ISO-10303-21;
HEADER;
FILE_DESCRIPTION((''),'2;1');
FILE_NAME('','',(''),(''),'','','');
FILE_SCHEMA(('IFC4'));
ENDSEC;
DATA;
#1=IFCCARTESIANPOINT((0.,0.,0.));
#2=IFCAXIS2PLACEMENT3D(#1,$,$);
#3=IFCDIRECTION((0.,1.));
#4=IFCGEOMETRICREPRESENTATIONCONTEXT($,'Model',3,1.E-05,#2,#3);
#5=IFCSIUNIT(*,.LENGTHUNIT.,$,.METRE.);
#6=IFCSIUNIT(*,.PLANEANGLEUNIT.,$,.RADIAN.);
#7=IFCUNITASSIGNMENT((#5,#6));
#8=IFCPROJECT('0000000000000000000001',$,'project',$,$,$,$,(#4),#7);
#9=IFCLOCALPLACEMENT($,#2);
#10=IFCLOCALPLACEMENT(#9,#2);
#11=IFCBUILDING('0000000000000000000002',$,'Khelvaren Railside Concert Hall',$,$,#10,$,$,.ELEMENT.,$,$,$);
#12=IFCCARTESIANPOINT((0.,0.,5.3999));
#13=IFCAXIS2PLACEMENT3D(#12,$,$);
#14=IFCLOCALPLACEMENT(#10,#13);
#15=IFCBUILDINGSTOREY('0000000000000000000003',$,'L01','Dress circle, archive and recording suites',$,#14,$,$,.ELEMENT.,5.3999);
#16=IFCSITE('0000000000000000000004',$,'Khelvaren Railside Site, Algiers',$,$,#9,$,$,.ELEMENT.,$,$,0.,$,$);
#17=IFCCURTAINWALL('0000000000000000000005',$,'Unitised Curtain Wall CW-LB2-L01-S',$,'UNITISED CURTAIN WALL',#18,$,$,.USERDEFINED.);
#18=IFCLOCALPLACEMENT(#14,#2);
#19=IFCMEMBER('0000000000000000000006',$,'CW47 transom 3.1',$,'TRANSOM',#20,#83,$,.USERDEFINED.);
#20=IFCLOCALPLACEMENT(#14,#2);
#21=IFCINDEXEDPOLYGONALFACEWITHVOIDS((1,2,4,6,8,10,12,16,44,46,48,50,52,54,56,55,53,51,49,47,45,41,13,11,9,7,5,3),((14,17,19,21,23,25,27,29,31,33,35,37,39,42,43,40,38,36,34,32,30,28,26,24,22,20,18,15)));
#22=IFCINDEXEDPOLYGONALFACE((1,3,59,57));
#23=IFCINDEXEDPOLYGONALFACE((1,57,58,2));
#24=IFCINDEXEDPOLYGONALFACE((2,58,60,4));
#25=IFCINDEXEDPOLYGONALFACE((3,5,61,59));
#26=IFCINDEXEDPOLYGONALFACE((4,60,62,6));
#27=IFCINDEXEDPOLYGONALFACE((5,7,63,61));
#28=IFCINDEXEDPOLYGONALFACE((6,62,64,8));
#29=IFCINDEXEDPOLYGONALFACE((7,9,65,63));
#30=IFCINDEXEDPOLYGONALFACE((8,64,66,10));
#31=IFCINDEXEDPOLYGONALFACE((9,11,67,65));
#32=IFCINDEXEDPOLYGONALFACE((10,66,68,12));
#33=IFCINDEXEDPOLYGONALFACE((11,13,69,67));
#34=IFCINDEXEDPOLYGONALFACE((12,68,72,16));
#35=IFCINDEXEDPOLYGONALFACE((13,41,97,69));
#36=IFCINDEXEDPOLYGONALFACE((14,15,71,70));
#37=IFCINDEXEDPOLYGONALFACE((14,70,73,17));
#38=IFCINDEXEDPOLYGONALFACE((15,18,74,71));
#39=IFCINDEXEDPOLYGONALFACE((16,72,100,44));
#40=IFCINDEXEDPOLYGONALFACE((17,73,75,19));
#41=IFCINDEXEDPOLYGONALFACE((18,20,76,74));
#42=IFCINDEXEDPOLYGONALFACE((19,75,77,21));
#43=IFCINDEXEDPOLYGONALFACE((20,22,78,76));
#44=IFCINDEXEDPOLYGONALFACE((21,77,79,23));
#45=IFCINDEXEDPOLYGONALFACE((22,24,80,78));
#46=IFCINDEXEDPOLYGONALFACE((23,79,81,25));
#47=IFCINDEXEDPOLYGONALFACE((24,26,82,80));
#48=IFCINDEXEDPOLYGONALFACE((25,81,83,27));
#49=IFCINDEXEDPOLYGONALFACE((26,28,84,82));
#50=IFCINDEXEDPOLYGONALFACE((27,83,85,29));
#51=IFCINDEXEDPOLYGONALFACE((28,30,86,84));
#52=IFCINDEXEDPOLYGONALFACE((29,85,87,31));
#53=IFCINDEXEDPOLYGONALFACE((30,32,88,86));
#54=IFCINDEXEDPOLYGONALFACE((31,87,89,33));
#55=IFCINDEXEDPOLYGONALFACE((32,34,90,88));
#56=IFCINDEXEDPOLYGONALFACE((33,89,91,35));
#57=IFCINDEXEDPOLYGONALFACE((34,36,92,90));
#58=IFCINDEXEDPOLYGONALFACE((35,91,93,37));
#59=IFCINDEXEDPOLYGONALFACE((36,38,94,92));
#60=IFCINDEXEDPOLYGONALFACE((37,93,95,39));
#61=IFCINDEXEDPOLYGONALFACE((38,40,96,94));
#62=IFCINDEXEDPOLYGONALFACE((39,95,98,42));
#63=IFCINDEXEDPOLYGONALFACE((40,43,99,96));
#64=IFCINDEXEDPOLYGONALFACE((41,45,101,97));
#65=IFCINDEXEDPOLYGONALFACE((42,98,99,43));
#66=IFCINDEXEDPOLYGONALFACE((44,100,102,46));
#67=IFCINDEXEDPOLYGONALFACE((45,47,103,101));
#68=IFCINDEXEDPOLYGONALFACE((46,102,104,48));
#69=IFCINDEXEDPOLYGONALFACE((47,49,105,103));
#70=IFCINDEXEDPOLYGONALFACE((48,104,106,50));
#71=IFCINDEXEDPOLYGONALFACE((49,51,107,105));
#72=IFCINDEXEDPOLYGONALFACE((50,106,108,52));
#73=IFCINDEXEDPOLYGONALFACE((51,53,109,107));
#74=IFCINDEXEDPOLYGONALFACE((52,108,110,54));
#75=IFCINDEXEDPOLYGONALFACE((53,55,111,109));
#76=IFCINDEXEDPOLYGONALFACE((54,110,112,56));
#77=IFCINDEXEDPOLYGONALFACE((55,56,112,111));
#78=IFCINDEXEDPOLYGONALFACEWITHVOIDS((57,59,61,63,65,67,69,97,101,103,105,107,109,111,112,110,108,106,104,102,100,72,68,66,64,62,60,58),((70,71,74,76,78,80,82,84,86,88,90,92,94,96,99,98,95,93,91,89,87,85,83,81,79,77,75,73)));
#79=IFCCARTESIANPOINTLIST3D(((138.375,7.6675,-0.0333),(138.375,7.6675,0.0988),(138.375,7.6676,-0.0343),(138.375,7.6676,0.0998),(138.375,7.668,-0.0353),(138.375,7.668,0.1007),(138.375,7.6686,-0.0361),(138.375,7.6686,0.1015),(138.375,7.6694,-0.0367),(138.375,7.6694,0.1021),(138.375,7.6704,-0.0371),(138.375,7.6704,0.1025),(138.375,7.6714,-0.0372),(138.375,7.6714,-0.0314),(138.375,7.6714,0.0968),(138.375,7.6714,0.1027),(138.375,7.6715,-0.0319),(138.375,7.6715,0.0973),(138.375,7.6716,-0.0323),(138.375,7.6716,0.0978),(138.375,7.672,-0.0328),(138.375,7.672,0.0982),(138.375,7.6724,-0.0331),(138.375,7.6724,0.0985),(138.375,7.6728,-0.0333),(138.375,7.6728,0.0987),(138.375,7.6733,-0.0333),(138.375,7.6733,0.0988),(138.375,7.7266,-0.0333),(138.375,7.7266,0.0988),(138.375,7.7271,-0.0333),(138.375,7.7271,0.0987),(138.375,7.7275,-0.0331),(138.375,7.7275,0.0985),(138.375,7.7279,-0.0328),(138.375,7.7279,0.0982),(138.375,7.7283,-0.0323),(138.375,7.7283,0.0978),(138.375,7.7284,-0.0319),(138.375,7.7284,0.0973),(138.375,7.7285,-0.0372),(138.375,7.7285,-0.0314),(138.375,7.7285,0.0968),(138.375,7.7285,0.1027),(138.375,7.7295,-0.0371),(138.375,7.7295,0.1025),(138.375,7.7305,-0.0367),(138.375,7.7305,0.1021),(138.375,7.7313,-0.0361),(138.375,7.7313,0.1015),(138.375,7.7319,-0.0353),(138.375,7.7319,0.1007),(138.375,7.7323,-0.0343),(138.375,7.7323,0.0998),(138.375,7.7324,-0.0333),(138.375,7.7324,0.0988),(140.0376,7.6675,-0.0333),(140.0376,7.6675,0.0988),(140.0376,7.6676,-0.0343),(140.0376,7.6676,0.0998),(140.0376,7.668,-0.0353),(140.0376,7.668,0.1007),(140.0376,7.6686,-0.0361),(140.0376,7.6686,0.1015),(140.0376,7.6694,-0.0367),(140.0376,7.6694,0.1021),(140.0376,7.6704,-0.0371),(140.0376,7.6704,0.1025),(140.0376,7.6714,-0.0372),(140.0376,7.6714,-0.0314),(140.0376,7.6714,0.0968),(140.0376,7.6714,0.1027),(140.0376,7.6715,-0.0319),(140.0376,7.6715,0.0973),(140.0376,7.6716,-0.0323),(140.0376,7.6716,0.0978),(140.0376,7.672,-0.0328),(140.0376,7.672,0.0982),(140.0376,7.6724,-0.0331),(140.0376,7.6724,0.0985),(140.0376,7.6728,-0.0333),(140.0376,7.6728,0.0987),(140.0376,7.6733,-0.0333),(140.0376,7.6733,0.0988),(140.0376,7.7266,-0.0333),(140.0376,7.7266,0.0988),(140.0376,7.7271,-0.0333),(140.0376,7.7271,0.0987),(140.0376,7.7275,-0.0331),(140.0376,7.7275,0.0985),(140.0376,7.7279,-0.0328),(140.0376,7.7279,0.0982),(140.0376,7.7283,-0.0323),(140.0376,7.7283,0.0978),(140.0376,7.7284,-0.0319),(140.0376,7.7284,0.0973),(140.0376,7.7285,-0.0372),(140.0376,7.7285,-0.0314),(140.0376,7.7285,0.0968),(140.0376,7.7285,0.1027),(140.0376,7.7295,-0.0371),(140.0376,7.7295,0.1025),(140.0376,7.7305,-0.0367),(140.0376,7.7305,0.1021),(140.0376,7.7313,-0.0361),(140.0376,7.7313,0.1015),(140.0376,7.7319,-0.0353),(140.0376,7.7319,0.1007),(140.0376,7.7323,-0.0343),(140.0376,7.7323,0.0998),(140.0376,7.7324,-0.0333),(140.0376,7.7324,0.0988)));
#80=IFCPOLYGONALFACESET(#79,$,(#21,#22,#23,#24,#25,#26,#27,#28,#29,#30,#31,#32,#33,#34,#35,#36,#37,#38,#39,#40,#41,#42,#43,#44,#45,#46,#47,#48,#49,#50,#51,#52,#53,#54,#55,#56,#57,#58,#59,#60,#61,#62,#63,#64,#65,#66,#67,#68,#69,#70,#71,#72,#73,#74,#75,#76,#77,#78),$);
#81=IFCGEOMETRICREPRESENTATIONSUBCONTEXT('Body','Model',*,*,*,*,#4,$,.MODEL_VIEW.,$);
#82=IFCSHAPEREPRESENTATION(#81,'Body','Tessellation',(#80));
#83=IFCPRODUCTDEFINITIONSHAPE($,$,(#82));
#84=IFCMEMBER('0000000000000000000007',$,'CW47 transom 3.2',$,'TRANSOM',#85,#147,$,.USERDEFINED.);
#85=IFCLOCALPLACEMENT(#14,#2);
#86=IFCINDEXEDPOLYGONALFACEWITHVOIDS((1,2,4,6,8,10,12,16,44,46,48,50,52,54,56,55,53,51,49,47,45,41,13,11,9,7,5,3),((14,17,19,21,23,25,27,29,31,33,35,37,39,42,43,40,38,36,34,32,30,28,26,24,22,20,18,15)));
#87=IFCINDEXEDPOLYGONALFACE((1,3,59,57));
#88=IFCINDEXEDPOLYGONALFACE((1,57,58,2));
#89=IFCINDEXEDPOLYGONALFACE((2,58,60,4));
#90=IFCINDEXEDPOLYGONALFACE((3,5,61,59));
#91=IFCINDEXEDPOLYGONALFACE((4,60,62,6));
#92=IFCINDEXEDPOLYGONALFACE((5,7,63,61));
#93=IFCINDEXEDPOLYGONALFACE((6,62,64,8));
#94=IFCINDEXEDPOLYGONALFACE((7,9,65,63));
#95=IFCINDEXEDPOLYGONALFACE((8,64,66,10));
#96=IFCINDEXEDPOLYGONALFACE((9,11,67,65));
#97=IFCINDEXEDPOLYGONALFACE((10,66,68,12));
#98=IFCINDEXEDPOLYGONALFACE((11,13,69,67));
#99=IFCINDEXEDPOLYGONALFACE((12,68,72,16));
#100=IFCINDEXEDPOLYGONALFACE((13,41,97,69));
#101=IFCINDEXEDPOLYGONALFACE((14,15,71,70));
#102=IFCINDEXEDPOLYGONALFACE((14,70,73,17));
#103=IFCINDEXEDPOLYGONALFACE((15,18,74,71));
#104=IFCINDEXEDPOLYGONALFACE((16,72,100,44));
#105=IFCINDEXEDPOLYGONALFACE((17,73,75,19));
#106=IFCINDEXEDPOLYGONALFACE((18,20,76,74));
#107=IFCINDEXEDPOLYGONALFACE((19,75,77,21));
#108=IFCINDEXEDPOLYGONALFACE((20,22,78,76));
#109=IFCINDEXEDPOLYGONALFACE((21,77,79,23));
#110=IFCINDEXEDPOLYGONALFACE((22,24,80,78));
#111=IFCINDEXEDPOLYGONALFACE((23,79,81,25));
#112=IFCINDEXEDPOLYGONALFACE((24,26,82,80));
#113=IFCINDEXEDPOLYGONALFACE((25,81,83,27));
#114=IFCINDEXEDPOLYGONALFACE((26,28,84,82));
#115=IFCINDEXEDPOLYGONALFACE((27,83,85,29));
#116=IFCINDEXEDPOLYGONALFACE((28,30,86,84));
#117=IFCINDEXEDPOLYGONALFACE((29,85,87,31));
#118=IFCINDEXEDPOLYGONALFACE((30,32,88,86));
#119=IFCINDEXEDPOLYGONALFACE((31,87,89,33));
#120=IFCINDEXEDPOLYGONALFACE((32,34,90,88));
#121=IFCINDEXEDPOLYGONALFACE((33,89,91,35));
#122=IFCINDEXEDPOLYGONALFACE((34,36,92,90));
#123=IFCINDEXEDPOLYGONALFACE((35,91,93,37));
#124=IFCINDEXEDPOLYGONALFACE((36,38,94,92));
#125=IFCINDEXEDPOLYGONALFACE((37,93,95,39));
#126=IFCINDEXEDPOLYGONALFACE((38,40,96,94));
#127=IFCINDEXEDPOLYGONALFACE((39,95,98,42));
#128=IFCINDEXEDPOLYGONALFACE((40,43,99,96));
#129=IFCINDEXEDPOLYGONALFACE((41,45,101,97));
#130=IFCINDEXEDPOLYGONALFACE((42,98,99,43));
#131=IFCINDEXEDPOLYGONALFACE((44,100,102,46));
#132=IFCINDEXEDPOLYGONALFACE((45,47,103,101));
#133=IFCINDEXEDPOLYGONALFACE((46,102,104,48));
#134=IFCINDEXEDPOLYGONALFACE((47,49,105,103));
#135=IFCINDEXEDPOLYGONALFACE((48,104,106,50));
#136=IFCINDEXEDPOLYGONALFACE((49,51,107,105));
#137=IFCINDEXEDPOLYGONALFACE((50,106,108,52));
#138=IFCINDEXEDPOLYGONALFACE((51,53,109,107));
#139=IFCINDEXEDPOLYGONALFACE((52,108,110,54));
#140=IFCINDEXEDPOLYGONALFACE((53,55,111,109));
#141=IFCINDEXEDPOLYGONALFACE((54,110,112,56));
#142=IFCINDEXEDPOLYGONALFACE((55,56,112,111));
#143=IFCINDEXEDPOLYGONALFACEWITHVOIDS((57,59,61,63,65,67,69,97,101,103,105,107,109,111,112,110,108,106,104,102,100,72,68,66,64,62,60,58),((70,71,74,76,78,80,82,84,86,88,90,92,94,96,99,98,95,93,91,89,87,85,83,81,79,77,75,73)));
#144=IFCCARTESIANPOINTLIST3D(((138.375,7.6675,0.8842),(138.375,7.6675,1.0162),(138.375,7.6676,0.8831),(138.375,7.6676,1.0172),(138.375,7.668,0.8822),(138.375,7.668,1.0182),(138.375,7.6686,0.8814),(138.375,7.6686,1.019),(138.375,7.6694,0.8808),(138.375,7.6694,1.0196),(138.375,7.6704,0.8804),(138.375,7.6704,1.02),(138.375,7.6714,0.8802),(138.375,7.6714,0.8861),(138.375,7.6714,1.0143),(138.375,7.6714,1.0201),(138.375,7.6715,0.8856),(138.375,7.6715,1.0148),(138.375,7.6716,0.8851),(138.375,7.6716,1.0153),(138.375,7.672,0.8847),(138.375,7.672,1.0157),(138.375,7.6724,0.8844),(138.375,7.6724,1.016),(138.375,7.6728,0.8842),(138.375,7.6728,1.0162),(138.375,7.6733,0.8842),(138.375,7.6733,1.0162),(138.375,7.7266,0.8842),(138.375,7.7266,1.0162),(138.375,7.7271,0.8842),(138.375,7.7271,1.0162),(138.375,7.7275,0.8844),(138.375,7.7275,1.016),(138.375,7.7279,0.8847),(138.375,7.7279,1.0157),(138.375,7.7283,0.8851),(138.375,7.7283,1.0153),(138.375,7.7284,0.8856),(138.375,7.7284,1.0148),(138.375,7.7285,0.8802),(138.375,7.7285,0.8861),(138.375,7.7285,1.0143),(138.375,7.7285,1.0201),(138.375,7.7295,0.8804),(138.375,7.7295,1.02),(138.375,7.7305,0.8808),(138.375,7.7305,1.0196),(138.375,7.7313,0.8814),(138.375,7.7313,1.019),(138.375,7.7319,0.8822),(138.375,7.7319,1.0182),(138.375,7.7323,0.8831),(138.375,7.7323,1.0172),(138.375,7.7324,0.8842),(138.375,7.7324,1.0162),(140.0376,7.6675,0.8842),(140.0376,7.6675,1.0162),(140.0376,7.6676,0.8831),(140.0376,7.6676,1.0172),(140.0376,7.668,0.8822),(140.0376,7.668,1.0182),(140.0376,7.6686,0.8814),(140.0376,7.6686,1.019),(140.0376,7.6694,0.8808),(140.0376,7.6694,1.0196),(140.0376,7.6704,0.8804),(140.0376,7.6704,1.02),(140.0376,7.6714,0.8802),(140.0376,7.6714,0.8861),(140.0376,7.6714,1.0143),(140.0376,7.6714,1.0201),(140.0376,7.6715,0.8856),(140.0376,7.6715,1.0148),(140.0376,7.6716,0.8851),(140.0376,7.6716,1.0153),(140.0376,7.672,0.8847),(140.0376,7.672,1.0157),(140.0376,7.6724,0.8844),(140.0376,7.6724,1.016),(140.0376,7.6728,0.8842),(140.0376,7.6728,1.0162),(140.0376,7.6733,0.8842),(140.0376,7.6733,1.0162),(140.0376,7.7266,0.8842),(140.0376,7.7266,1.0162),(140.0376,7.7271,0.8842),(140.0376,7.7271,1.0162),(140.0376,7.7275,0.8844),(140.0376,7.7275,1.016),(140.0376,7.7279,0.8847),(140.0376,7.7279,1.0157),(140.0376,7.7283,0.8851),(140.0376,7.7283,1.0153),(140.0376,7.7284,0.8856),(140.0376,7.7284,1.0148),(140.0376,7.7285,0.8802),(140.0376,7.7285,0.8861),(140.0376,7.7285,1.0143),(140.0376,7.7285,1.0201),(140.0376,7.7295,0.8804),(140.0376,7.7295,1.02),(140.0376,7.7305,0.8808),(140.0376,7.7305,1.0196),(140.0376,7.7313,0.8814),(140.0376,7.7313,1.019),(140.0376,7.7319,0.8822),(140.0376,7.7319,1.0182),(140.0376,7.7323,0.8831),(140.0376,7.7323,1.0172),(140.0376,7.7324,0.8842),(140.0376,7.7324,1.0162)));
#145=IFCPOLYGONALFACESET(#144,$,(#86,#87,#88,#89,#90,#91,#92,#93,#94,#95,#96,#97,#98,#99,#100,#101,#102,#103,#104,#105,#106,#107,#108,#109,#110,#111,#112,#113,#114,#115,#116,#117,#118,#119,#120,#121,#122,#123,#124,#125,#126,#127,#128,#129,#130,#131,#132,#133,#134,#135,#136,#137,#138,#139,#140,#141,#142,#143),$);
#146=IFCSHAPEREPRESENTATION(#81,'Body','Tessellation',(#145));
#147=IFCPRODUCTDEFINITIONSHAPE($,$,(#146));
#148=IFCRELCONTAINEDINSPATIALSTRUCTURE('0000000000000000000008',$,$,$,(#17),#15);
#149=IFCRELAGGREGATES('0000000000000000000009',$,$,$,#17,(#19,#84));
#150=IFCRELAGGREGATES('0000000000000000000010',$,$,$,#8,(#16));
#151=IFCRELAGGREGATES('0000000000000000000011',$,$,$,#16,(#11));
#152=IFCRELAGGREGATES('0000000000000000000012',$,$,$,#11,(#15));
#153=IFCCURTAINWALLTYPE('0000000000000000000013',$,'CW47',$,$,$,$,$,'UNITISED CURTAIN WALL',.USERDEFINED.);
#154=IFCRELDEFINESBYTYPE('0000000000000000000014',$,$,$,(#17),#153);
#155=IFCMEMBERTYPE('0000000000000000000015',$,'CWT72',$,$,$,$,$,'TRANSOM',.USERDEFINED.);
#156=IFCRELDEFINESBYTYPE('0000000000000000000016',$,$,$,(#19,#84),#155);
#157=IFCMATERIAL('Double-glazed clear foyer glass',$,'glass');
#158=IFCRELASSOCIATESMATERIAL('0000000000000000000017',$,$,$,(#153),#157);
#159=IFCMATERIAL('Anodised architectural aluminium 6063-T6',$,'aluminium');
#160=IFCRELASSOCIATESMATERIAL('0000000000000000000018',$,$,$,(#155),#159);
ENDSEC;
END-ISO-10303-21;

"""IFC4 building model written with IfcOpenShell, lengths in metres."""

from ifc_helpers import new_model, si_unit, direction, frame, origin, origin_2d, place, context, subcontext, project, spatial, hollow_rectangle, extrude, material, material_profile, profile_set, type_object, element, aggregate, save


model = new_model("IFC4")

# Units and contexts
model_context = context("Model", 3, precision=1e-05, world=origin(), true_north=direction((0.0, 1.0)))
body_context = subcontext(model_context, "Body", "Model", "MODEL_VIEW")
ifc_project = project(units=[si_unit("LENGTHUNIT", "METRE"), si_unit("PLANEANGLEUNIT", "RADIAN")], contexts=[model_context])

# Site, building, storey
site_placement = place(None, origin())
site = spatial("IfcSite", under=ifc_project, at=site_placement, Name="Khelvaren Railside Site, Algiers", CompositionType="ELEMENT", RefElevation=0.0)
building_placement = place(site_placement, origin())
building = spatial("IfcBuilding", under=site, at=building_placement, Name="Khelvaren Railside Concert Hall", CompositionType="ELEMENT")
storey_placement = place(building_placement, frame((0.0, 0.0, 5.3999)))
storey = spatial("IfcBuildingStorey", under=building, at=storey_placement, Name="L01", Description="Dress circle, archive and recording suites", CompositionType="ELEMENT", Elevation=5.3999)

# Curtain wall
ifc_material_1 = material(Name="Double-glazed clear foyer glass", Category="glass")
curtain_wall_type_1 = type_object("IfcCurtainWallType", Name="CW47", ElementType="UNITISED CURTAIN WALL", PredefinedType="USERDEFINED", material=ifc_material_1)
curtain_wall_1_placement = place(storey_placement, origin())
curtain_wall_1 = element("IfcCurtainWall", 1, at=curtain_wall_1_placement, inside=storey, type_object=curtain_wall_type_1, Name="Unitised Curtain Wall CW-LB2-L01-S", ObjectType="UNITISED CURTAIN WALL", PredefinedType="USERDEFINED")
ifc_material_2 = material(Name="Anodised architectural aluminium 6063-T6", Category="aluminium")

# Members
ifc_material_profile_1 = material_profile(ifc_material_2, hollow_rectangle(XDim=0.0649, YDim=0.1399, WallThickness=0.0039, InnerFilletRadius=0.002, OuterFilletRadius=0.0039, at=origin_2d()), Name="CWT 65x140x4")
ifc_profile_set_1 = profile_set([ifc_material_profile_1], Name="Anodised architectural aluminium 6063-T6")
member_type_1 = type_object("IfcMemberType", Name="CWT72", ElementType="TRANSOM", PredefinedType="USERDEFINED", material=ifc_profile_set_1)
member_1_placement = place(storey_placement, frame((140.0376, 7.7, 0.0327), z_axis=(-1.0, 0.0, 0.0), x_axis=(0.0, -1.0, 0.0)))
member_1 = element("IfcMember", 2, at=member_1_placement, type_object=member_type_1, Name="CW47 transom 3.1", ObjectType="TRANSOM", PredefinedType="USERDEFINED", context=body_context, shape_type="SweptSolid", body=[
    extrude(hollow_rectangle(XDim=0.0649, YDim=0.1399, WallThickness=0.0039, InnerFilletRadius=0.002, OuterFilletRadius=0.0039, at=origin_2d()), origin(), (0.0, 0.0, 1.0), 1.6626),
])
member_2_placement = place(storey_placement, frame((140.0376, 7.7, 0.9502), z_axis=(-1.0, 0.0, 0.0), x_axis=(0.0, -1.0, 0.0)))
member_2 = element("IfcMember", 3, at=member_2_placement, type_object=member_type_1, Name="CW47 transom 3.2", ObjectType="TRANSOM", PredefinedType="USERDEFINED", context=body_context, shape_type="SweptSolid", body=[
    extrude(hollow_rectangle(XDim=0.0649, YDim=0.1399, WallThickness=0.0039, InnerFilletRadius=0.002, OuterFilletRadius=0.0039, at=origin_2d()), origin(), (0.0, 0.0, 1.0), 1.6626),
])

aggregate(curtain_wall_1, [member_1, member_2])

save(model, "model.ifc")
